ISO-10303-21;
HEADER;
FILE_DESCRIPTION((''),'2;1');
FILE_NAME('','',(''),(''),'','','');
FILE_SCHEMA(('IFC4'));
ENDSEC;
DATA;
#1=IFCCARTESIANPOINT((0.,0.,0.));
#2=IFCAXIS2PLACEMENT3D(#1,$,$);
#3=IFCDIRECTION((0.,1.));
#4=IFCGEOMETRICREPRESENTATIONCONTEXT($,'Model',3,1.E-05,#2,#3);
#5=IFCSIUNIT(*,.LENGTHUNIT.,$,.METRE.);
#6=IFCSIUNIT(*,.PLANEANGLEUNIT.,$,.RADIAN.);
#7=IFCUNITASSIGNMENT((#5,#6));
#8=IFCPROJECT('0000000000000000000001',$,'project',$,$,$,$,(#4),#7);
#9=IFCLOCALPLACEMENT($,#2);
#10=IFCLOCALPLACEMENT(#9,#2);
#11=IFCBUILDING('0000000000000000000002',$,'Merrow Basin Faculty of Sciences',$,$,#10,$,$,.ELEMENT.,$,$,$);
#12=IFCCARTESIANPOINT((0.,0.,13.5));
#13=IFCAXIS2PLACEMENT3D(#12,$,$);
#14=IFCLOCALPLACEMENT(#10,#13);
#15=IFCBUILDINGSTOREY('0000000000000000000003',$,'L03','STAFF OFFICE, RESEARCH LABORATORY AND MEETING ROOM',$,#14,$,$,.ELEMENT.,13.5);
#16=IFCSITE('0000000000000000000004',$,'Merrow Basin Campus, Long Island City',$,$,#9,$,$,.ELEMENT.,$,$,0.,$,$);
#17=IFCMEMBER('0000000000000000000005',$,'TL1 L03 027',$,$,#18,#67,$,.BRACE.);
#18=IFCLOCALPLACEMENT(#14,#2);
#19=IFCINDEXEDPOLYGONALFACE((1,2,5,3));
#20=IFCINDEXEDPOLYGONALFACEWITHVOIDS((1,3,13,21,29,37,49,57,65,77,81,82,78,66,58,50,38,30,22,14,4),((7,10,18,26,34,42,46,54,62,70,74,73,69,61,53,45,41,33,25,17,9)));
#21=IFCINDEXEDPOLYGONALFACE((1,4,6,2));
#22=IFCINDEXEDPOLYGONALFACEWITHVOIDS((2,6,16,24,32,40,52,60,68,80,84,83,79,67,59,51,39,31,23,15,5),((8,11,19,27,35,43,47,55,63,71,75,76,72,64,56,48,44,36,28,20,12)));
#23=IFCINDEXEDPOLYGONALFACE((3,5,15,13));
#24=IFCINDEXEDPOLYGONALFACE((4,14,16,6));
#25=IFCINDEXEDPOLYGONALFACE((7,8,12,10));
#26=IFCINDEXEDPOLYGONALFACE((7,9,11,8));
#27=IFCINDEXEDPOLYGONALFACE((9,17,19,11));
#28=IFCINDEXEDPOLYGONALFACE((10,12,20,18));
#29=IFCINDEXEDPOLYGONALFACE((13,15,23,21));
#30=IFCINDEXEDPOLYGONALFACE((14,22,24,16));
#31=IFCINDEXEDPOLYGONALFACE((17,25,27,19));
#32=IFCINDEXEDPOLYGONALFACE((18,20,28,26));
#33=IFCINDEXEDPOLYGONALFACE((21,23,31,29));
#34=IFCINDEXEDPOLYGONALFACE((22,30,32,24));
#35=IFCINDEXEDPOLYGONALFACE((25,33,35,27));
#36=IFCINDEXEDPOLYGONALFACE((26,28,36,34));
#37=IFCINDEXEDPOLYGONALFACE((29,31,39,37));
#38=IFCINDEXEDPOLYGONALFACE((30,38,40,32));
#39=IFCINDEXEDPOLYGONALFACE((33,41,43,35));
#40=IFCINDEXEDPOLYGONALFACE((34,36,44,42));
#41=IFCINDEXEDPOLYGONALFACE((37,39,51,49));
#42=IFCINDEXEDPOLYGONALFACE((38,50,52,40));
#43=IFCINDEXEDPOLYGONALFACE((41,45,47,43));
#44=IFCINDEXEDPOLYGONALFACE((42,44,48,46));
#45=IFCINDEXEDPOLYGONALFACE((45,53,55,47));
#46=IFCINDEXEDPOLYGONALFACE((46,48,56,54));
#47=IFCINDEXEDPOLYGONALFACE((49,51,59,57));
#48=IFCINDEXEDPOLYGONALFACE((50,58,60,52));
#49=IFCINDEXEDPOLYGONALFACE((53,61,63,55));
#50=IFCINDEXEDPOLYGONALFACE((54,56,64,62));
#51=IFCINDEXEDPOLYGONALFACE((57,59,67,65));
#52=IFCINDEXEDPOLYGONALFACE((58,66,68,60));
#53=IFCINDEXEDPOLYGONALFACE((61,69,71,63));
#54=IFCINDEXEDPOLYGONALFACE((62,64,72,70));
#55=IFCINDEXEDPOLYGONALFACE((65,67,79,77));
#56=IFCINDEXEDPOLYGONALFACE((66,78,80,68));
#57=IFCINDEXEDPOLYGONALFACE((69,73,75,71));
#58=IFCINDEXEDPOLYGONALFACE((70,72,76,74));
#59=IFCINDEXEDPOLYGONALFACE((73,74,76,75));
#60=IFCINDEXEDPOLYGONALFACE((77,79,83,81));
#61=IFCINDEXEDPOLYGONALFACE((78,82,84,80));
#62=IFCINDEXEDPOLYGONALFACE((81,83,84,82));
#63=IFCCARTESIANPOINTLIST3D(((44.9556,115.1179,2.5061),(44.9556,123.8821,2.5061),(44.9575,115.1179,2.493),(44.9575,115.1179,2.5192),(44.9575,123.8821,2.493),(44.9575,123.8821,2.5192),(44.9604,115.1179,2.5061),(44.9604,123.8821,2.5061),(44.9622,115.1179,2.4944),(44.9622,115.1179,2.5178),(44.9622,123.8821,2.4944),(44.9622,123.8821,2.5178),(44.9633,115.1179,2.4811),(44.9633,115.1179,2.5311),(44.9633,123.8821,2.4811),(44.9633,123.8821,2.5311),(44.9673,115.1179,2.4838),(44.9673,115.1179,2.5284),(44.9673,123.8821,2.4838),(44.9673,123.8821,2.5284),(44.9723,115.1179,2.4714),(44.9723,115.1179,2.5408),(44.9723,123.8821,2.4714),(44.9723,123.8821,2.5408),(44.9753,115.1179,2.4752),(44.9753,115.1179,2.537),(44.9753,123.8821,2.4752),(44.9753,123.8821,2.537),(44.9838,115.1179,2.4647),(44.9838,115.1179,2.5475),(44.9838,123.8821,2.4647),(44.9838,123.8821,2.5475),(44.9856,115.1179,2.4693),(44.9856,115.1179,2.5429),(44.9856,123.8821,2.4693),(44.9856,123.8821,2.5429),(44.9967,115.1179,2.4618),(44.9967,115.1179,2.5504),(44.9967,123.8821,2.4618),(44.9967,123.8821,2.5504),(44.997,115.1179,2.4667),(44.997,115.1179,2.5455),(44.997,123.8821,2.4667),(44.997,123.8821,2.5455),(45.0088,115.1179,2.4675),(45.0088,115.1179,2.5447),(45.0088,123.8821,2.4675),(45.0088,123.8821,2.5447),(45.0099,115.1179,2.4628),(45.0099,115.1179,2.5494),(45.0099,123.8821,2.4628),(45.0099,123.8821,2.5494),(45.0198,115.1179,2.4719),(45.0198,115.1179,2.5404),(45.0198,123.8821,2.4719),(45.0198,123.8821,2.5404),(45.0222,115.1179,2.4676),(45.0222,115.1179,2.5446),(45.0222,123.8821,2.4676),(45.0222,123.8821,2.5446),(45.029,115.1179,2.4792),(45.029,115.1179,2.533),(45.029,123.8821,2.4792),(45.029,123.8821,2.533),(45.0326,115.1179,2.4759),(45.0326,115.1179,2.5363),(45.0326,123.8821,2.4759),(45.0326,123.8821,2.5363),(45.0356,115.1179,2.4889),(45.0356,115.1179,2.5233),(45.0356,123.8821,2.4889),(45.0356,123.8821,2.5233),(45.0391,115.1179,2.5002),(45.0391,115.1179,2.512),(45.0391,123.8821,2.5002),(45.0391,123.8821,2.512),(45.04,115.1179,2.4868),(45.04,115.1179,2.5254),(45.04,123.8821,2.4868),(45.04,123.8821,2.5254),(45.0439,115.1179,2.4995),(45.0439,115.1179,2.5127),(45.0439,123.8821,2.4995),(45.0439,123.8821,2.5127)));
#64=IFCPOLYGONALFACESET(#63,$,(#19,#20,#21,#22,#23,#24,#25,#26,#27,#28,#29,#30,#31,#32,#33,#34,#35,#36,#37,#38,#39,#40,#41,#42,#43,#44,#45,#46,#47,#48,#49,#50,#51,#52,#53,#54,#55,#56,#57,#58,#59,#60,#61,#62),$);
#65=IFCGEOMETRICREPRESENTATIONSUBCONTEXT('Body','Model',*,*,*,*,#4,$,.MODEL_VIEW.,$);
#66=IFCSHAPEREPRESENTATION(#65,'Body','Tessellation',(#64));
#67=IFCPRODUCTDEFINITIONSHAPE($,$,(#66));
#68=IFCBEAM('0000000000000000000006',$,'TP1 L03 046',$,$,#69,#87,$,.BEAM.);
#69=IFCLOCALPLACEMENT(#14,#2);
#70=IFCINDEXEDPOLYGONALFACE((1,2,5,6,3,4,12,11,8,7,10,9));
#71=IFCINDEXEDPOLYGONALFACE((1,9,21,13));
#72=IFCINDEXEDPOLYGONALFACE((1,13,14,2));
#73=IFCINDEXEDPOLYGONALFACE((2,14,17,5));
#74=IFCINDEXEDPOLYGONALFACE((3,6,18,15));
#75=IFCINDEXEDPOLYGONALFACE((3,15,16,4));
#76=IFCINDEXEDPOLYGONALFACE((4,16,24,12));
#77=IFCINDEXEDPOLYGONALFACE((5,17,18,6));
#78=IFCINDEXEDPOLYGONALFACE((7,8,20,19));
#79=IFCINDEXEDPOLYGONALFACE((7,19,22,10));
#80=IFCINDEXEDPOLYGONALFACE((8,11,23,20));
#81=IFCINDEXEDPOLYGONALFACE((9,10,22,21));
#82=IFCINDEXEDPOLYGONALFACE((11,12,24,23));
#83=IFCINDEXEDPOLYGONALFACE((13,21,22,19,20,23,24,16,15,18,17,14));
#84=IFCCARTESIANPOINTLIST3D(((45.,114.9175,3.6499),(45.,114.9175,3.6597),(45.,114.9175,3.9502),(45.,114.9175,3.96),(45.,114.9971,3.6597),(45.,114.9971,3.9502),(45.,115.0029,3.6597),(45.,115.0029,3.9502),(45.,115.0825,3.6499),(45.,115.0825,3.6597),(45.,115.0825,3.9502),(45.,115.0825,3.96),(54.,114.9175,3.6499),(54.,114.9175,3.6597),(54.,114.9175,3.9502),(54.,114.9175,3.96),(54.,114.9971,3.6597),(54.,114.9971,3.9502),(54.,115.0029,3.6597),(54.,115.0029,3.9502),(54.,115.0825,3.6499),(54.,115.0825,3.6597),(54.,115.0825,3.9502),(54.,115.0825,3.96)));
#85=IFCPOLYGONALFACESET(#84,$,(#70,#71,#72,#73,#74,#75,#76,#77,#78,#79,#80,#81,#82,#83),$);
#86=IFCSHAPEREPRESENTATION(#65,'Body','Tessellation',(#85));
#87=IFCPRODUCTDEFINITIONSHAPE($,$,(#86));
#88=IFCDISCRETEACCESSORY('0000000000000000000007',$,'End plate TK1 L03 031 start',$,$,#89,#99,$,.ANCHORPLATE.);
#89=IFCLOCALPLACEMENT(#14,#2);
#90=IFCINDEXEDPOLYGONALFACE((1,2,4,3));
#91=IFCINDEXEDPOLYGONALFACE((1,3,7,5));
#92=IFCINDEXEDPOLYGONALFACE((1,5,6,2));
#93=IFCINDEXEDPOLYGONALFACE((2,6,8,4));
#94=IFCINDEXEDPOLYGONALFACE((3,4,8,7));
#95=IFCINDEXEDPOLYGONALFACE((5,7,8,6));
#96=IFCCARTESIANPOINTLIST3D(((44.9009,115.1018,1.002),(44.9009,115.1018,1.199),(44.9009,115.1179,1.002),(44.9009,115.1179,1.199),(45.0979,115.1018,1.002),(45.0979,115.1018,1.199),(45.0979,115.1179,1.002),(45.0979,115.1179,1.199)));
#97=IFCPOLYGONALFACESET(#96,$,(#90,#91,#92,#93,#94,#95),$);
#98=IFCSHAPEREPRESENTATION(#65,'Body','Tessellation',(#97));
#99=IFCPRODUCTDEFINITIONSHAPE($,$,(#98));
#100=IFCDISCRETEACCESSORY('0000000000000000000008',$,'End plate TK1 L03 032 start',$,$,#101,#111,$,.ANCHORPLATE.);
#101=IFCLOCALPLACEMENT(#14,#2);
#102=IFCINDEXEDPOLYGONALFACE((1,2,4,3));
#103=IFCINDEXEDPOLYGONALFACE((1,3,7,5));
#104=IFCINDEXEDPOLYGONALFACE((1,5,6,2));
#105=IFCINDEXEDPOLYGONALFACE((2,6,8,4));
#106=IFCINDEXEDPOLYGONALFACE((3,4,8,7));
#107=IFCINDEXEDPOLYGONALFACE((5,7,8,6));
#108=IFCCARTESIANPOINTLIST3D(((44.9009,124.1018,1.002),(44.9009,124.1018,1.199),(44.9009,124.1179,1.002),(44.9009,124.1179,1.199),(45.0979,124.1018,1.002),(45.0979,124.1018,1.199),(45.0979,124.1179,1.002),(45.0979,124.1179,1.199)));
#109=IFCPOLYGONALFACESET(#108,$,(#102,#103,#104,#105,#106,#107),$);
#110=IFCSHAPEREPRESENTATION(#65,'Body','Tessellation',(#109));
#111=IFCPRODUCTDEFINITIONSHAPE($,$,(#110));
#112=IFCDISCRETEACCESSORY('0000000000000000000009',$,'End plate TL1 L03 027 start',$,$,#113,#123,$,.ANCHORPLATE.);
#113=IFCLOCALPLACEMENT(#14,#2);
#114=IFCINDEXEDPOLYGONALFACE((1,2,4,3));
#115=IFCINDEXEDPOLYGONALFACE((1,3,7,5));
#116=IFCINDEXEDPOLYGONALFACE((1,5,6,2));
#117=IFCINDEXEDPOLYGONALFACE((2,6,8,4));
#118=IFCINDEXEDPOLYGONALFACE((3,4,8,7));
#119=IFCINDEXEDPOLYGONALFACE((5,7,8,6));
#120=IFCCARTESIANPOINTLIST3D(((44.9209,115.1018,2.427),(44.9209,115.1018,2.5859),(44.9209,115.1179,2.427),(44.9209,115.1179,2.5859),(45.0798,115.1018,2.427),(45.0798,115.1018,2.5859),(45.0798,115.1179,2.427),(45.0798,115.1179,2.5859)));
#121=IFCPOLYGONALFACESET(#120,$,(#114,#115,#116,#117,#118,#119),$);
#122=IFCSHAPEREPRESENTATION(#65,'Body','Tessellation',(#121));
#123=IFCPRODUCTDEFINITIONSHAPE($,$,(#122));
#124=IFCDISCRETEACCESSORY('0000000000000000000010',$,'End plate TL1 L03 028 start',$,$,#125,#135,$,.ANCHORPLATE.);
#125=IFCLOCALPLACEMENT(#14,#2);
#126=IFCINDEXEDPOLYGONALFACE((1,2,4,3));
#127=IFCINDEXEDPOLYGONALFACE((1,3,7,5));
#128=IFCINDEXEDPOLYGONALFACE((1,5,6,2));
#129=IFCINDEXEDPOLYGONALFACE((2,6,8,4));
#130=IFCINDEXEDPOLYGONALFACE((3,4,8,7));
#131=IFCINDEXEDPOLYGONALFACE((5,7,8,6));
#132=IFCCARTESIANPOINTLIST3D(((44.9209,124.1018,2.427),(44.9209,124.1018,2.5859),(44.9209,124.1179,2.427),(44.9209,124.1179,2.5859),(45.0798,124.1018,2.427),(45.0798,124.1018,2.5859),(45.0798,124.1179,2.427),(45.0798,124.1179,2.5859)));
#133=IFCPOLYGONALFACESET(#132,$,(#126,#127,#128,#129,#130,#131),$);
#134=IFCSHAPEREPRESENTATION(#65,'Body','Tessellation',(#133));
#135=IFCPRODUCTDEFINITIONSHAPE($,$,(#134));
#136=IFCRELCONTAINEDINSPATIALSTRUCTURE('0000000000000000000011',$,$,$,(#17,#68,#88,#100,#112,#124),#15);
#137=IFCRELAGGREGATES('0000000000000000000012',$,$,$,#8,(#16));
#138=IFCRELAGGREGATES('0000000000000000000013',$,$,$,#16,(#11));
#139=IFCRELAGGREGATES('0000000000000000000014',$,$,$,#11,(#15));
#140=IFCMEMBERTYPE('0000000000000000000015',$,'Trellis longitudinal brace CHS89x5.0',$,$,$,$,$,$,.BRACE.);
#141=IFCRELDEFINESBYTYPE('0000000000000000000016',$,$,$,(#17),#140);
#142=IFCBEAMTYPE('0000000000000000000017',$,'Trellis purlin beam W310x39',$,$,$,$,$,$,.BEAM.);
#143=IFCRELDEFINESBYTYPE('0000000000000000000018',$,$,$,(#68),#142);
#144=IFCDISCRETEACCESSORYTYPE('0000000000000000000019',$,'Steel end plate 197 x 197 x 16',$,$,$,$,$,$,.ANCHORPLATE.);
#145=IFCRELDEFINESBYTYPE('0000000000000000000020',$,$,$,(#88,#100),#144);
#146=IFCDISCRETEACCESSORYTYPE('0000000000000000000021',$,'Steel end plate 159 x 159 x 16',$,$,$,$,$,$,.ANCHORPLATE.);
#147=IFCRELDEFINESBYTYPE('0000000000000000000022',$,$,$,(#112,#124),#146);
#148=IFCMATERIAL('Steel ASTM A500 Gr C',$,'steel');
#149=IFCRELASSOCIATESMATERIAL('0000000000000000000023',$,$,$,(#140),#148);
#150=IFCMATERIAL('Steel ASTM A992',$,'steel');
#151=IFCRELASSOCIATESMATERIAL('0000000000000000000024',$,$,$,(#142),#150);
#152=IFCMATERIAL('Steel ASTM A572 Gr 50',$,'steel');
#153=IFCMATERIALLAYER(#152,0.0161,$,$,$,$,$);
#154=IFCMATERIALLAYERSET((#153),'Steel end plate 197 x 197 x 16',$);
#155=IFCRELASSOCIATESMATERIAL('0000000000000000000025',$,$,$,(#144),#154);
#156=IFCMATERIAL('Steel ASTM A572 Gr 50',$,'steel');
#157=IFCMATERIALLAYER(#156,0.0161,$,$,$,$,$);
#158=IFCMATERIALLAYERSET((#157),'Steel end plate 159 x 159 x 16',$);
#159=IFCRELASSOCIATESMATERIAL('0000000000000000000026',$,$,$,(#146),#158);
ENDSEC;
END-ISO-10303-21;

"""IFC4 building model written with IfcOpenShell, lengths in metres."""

from ifc_helpers import new_model, si_unit, direction, frame, origin, origin_2d, place, context, subcontext, project, spatial, polyline, hollow_circle, i_section, outline, extrude, source, transform, mapped, material, layer, layer_set, material_profile, profile_set, type_object, element, save


model = new_model("IFC4")

# Units and contexts
model_context = context("Model", 3, precision=1e-05, world=origin(), true_north=direction((0.0, 1.0)))
body_context = subcontext(model_context, "Body", "Model", "MODEL_VIEW")
ifc_project = project(units=[si_unit("LENGTHUNIT", "METRE"), si_unit("PLANEANGLEUNIT", "RADIAN")], contexts=[model_context])

# Site, building, storey
site_placement = place(None, origin())
site = spatial("IfcSite", under=ifc_project, at=site_placement, Name="Merrow Basin Campus, Long Island City", CompositionType="ELEMENT", RefElevation=0.0)
building_placement = place(site_placement, origin())
building = spatial("IfcBuilding", under=site, at=building_placement, Name="Merrow Basin Faculty of Sciences", CompositionType="ELEMENT")
storey_placement = place(building_placement, frame((0.0, 0.0, 13.5)))
storey = spatial("IfcBuildingStorey", under=building, at=storey_placement, Name="L03", Description="STAFF OFFICE, RESEARCH LABORATORY AND MEETING ROOM", CompositionType="ELEMENT", Elevation=13.5)

# Member
ifc_material_1 = material(Name="Steel ASTM A500 Gr C", Category="steel")
ifc_material_profile_1 = material_profile(ifc_material_1, hollow_circle(Radius=0.0444, WallThickness=0.0049, at=origin_2d()))
ifc_profile_set_1 = profile_set([ifc_material_profile_1], Name="Steel ASTM A500 Gr C")
member_type_1 = type_object("IfcMemberType", Name="Trellis longitudinal brace CHS89x5.0", PredefinedType="BRACE", material=ifc_profile_set_1)
member_1_placement = place(storey_placement, frame((45.0, 115.1179, 2.5061), z_axis=(0.0, 1.0, 0.0), x_axis=(-1.0, 0.0, 0.0)))
element("IfcMember", 1, at=member_1_placement, inside=storey, type_object=member_type_1, Name="TL1 L03 027", PredefinedType="BRACE", context=body_context, shape_type="SweptSolid", body=[
    extrude(hollow_circle(Radius=0.0444, WallThickness=0.0049, at=origin_2d()), origin(), (0.0, 0.0, 1.0), 8.7642),
])

# Beam
ifc_material_2 = material(Name="Steel ASTM A992", Category="steel")
ifc_material_profile_2 = material_profile(ifc_material_2, i_section(OverallWidth=0.165, OverallDepth=0.3101, WebThickness=0.0059, FlangeThickness=0.0098, at=origin_2d()))
ifc_profile_set_2 = profile_set([ifc_material_profile_2], Name="Steel ASTM A992")
beam_type_1 = type_object("IfcBeamType", Name="Trellis purlin beam W310x39", PredefinedType="BEAM", material=ifc_profile_set_2)
beam_1_placement = place(storey_placement, frame((45.0, 115.0, 3.8049), z_axis=(1.0, 0.0, 0.0), x_axis=(0.0, 1.0, 0.0)))
element("IfcBeam", 2, at=beam_1_placement, inside=storey, type_object=beam_type_1, Name="TP1 L03 046", PredefinedType="BEAM", context=body_context, shape_type="SweptSolid", body=[
    extrude(i_section(OverallWidth=0.165, OverallDepth=0.3101, WebThickness=0.0059, FlangeThickness=0.0098, at=origin_2d()), origin(), (0.0, 0.0, 1.0), 9.0),
])

# Discrete accessories
ifc_material_3 = material(Name="Steel ASTM A572 Gr 50", Category="steel")
ifc_layer_1 = layer(ifc_material_3, 0.0161)
ifc_layer_set_1 = layer_set([ifc_layer_1], Name="Steel end plate 197 x 197 x 16")
discrete_accessory_type_1 = type_object("IfcDiscreteAccessoryType", Name="Steel end plate 197 x 197 x 16", PredefinedType="ANCHORPLATE", material=ifc_layer_set_1)
shared_shape_1 = source(origin(), body_context, "Body", "SweptSolid", [
    extrude(outline(polyline([(0.0, 0.0), (0.197, 0.0), (0.197, 0.197), (0.0, 0.197), (0.0, 0.0)])), origin(), (0.0, 0.0, 1.0), 0.0161),
])
for number, where, z_axis, x_axis, name in (
    (3, (44.9009, 115.1179, 1.002), (0.0, -1.0, 0.0), (1.0, 0.0, 0.0), "End plate TK1 L03 031 start"),
    (4, (44.9009, 124.1179, 1.002), (0.0, -1.0, 0.0), (1.0, 0.0, 0.0), "End plate TK1 L03 032 start"),
):
    element("IfcDiscreteAccessory", number, at=place(storey_placement, frame(where, z_axis=z_axis, x_axis=x_axis)), inside=storey, type_object=discrete_accessory_type_1, Name=name, PredefinedType="ANCHORPLATE", context=body_context, shape_type="MappedRepresentation", body=[
        mapped(shared_shape_1, transform((0.0, 0.0, 0.0), scale=1.0)),
    ])
ifc_material_4 = material(Name="Steel ASTM A572 Gr 50", Category="steel")
ifc_layer_2 = layer(ifc_material_4, 0.0161)
ifc_layer_set_2 = layer_set([ifc_layer_2], Name="Steel end plate 159 x 159 x 16")
discrete_accessory_type_2 = type_object("IfcDiscreteAccessoryType", Name="Steel end plate 159 x 159 x 16", PredefinedType="ANCHORPLATE", material=ifc_layer_set_2)
shared_shape_2 = source(origin(), body_context, "Body", "SweptSolid", [
    extrude(outline(polyline([(0.0, 0.0), (0.1589, 0.0), (0.1589, 0.1589), (0.0, 0.1589), (0.0, 0.0)])), origin(), (0.0, 0.0, 1.0), 0.0161),
])
for number, where, z_axis, x_axis, name in (
    (5, (44.9209, 115.1179, 2.427), (0.0, -1.0, 0.0), (1.0, 0.0, 0.0), "End plate TL1 L03 027 start"),
    (6, (44.9209, 124.1179, 2.427), (0.0, -1.0, 0.0), (1.0, 0.0, 0.0), "End plate TL1 L03 028 start"),
):
    element("IfcDiscreteAccessory", number, at=place(storey_placement, frame(where, z_axis=z_axis, x_axis=x_axis)), inside=storey, type_object=discrete_accessory_type_2, Name=name, PredefinedType="ANCHORPLATE", context=body_context, shape_type="MappedRepresentation", body=[
        mapped(shared_shape_2, transform((0.0, 0.0, 0.0), scale=1.0)),
    ])

save(model, "model.ifc")
